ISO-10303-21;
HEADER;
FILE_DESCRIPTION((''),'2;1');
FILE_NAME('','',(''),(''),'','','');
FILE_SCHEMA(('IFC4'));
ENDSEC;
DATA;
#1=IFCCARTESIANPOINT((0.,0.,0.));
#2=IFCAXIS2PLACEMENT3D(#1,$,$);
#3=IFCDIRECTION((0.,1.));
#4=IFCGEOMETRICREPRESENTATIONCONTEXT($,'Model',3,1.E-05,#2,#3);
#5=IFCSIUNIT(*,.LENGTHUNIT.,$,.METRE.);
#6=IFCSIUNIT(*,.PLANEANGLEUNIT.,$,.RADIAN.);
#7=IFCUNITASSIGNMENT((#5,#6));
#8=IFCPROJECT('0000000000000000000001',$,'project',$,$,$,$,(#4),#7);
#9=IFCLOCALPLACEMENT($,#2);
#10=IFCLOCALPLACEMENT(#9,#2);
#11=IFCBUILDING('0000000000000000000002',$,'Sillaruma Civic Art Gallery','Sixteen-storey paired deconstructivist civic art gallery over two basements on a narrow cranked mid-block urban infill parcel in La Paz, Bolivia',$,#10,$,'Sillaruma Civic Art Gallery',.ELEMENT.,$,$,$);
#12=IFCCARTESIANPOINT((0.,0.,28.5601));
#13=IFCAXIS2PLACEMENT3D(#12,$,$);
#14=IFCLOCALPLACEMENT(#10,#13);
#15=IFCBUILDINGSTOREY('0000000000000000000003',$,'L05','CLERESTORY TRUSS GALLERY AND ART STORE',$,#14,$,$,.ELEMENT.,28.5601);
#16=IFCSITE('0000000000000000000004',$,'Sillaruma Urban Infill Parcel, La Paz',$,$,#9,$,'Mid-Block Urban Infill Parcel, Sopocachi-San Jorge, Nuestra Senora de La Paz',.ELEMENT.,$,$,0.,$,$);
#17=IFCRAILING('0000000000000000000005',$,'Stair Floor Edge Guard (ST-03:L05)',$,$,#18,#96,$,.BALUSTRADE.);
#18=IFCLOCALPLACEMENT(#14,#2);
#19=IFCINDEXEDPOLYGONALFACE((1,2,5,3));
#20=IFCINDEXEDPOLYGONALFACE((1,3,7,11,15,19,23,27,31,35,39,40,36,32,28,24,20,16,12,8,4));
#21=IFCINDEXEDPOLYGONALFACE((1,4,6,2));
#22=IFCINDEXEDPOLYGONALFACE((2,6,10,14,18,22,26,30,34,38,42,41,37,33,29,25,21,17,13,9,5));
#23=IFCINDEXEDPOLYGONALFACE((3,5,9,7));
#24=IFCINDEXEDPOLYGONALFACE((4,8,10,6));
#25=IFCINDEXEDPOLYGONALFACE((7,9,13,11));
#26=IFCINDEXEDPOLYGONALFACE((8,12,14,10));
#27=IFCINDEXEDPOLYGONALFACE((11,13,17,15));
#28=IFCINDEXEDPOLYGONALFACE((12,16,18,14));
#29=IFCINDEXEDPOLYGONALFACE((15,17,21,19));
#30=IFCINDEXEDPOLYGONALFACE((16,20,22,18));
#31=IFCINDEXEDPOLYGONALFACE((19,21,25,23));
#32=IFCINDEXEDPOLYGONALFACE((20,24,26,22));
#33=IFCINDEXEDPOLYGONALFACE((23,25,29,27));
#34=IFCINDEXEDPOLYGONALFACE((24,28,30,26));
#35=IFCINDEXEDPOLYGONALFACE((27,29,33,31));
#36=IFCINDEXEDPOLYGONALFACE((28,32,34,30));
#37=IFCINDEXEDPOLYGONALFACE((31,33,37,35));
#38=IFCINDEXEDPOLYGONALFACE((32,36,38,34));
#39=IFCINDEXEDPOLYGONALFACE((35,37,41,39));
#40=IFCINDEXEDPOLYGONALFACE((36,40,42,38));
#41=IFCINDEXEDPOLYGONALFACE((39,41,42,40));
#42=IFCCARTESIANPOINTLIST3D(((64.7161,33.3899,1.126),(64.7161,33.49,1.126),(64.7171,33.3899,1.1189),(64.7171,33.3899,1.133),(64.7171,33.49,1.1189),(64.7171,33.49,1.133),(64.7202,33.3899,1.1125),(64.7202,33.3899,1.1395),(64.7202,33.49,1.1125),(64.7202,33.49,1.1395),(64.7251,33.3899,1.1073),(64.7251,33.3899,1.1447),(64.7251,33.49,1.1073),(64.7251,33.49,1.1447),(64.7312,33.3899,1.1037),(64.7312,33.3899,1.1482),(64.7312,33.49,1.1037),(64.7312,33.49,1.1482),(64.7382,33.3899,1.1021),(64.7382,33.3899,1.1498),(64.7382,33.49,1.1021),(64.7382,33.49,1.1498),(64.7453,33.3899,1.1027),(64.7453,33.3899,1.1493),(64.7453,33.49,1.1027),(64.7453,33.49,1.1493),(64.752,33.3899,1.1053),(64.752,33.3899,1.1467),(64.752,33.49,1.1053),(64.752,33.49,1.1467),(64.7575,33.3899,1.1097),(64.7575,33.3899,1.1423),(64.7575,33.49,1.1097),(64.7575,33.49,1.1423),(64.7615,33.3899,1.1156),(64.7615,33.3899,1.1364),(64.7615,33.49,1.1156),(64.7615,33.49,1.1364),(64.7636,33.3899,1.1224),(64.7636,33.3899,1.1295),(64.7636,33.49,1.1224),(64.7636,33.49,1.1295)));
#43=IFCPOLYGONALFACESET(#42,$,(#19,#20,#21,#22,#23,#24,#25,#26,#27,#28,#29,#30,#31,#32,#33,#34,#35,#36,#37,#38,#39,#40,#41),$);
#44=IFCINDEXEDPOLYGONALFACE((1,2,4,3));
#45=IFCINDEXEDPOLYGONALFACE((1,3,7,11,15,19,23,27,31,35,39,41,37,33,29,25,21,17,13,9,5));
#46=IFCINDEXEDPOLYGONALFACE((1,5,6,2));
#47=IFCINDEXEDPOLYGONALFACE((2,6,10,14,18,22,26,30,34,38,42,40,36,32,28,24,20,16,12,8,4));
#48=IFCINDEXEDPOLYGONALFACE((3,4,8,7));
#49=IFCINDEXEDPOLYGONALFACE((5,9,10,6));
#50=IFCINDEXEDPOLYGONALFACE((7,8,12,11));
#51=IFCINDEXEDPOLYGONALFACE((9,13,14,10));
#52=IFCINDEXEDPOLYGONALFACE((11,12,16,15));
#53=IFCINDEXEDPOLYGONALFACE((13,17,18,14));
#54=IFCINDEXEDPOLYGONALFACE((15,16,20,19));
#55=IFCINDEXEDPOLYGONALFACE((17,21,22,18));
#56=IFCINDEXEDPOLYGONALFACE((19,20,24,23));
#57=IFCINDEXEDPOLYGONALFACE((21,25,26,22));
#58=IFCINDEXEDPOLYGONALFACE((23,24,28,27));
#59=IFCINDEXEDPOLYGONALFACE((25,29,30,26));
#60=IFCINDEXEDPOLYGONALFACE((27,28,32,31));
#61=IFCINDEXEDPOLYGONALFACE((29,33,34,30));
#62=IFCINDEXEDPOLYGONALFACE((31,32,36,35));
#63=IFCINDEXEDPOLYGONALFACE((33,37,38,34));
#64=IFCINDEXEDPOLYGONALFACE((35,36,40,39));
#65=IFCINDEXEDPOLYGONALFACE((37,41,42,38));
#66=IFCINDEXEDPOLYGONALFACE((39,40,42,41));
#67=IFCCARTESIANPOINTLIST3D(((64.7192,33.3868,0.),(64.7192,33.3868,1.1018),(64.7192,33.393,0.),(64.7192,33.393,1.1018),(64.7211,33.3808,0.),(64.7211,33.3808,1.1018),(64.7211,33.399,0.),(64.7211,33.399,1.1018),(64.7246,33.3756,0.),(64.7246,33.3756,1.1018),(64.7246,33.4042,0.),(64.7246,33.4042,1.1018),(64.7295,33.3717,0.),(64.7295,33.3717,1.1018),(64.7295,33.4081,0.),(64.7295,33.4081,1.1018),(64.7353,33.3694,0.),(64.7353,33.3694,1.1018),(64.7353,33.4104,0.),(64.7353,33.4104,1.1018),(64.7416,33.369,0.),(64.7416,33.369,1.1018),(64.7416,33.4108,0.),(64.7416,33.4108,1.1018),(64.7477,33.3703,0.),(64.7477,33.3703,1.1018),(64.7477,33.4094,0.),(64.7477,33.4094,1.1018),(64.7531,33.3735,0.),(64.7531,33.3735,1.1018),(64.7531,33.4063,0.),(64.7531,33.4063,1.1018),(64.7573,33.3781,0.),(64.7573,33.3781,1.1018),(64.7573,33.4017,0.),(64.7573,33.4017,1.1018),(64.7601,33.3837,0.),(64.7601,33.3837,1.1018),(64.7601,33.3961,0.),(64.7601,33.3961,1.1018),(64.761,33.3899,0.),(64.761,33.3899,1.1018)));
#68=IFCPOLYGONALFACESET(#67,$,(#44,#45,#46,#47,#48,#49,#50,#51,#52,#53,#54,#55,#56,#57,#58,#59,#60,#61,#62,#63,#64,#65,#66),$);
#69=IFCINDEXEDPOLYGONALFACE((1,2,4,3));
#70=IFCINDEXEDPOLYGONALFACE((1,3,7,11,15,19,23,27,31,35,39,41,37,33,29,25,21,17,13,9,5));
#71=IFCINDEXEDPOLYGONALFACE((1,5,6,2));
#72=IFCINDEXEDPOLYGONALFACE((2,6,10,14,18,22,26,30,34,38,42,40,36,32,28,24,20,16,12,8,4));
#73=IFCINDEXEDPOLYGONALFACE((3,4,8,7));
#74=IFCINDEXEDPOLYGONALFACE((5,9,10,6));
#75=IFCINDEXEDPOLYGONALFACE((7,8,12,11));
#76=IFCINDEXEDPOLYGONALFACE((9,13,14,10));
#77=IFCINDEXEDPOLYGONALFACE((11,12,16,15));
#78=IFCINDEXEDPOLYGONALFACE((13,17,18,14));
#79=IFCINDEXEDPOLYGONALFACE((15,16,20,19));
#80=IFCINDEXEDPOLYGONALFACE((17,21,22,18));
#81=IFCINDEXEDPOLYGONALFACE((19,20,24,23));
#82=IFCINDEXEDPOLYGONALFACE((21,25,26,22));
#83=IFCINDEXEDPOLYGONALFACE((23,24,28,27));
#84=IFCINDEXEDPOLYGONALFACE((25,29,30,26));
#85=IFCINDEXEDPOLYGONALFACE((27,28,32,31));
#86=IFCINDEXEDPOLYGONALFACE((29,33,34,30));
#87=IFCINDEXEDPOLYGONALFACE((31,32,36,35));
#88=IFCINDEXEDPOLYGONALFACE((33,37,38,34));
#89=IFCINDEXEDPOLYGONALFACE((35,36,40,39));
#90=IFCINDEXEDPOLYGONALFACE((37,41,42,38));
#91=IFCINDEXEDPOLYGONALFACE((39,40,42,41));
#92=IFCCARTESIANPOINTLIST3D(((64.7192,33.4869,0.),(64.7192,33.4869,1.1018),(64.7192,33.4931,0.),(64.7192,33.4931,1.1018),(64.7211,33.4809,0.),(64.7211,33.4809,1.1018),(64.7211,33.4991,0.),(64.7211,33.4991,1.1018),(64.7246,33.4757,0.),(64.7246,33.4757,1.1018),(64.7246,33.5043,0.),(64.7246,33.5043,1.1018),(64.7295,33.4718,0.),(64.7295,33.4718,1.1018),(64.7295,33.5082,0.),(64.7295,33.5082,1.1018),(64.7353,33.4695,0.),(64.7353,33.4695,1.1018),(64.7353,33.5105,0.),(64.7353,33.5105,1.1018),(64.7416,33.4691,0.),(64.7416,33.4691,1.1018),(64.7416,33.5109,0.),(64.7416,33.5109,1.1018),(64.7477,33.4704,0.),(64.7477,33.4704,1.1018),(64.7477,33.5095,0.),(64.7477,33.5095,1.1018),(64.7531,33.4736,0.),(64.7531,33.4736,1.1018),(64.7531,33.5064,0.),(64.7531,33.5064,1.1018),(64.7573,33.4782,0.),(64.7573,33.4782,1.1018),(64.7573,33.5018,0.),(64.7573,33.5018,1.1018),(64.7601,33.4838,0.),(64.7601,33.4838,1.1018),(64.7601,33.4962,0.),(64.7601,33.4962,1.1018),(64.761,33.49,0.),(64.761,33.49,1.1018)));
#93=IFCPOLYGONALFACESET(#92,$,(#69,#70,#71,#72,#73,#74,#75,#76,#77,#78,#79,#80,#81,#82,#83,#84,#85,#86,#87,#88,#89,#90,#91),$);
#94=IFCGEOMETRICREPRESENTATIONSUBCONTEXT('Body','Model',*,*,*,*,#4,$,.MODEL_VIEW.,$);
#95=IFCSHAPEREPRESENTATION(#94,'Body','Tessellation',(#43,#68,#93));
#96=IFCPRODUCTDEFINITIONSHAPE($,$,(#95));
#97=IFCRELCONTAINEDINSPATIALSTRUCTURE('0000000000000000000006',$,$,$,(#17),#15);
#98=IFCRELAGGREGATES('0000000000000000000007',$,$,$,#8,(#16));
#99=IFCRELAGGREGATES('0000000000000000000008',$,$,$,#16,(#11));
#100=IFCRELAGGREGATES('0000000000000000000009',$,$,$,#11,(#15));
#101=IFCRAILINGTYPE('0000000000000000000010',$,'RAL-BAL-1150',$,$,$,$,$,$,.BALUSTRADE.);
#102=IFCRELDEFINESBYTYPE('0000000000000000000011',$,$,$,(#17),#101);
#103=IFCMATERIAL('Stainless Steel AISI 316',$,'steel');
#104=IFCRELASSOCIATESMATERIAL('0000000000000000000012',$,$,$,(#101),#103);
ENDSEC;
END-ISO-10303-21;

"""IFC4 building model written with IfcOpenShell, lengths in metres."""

from ifc_helpers import new_model, si_unit, direction, frame, origin, origin_2d, place, context, subcontext, project, spatial, circle, extrude, material, type_object, element, save


model = new_model("IFC4")

# Units and contexts
model_context = context("Model", 3, precision=1e-05, world=origin(), true_north=direction((0.0, 1.0)))
body_context = subcontext(model_context, "Body", "Model", "MODEL_VIEW")
ifc_project = project(units=[si_unit("LENGTHUNIT", "METRE"), si_unit("PLANEANGLEUNIT", "RADIAN")], contexts=[model_context])

# Site, building, storey
site_placement = place(None, origin())
site = spatial("IfcSite", under=ifc_project, at=site_placement, Name="Sillaruma Urban Infill Parcel, La Paz", LongName="Mid-Block Urban Infill Parcel, Sopocachi-San Jorge, Nuestra Senora de La Paz", CompositionType="ELEMENT", RefElevation=0.0)
building_placement = place(site_placement, origin())
building = spatial("IfcBuilding", under=site, at=building_placement, Name="Sillaruma Civic Art Gallery", Description="Sixteen-storey paired deconstructivist civic art gallery over two basements on a narrow cranked mid-block urban infill parcel in La Paz, Bolivia", LongName="Sillaruma Civic Art Gallery", CompositionType="ELEMENT")
storey_placement = place(building_placement, frame((0.0, 0.0, 28.5601)))
storey = spatial("IfcBuildingStorey", under=building, at=storey_placement, Name="L05", Description="CLERESTORY TRUSS GALLERY AND ART STORE", CompositionType="ELEMENT", Elevation=28.5601)

# Railing
ifc_material_1 = material(Name="Stainless Steel AISI 316", Category="steel")
railing_type_1 = type_object("IfcRailingType", Name="RAL-BAL-1150", PredefinedType="BALUSTRADE", material=ifc_material_1)
railing_1_placement = place(storey_placement, frame((64.74, 33.3899, 0.0)))
element("IfcRailing", 1, at=railing_1_placement, inside=storey, type_object=railing_type_1, Name="Stair Floor Edge Guard (ST-03:L05)", PredefinedType="BALUSTRADE", context=body_context, shape_type="SweptSolid", body=[
    extrude(circle(Radius=0.0239, at=origin_2d()), frame((0.0, 0.0, 1.126), z_axis=(0.0, 1.0, 0.0), x_axis=(-1.0, 0.0, 0.0)), (0.0, 0.0, 1.0), 0.1001),
    extrude(circle(Radius=0.021, at=origin_2d()), origin(), (0.0, 0.0, 1.0), 1.1018),
    extrude(circle(Radius=0.021, at=origin_2d()), frame((0.0, 0.1001, 0.0)), (0.0, 0.0, 1.0), 1.1018),
])

save(model, "model.ifc")
